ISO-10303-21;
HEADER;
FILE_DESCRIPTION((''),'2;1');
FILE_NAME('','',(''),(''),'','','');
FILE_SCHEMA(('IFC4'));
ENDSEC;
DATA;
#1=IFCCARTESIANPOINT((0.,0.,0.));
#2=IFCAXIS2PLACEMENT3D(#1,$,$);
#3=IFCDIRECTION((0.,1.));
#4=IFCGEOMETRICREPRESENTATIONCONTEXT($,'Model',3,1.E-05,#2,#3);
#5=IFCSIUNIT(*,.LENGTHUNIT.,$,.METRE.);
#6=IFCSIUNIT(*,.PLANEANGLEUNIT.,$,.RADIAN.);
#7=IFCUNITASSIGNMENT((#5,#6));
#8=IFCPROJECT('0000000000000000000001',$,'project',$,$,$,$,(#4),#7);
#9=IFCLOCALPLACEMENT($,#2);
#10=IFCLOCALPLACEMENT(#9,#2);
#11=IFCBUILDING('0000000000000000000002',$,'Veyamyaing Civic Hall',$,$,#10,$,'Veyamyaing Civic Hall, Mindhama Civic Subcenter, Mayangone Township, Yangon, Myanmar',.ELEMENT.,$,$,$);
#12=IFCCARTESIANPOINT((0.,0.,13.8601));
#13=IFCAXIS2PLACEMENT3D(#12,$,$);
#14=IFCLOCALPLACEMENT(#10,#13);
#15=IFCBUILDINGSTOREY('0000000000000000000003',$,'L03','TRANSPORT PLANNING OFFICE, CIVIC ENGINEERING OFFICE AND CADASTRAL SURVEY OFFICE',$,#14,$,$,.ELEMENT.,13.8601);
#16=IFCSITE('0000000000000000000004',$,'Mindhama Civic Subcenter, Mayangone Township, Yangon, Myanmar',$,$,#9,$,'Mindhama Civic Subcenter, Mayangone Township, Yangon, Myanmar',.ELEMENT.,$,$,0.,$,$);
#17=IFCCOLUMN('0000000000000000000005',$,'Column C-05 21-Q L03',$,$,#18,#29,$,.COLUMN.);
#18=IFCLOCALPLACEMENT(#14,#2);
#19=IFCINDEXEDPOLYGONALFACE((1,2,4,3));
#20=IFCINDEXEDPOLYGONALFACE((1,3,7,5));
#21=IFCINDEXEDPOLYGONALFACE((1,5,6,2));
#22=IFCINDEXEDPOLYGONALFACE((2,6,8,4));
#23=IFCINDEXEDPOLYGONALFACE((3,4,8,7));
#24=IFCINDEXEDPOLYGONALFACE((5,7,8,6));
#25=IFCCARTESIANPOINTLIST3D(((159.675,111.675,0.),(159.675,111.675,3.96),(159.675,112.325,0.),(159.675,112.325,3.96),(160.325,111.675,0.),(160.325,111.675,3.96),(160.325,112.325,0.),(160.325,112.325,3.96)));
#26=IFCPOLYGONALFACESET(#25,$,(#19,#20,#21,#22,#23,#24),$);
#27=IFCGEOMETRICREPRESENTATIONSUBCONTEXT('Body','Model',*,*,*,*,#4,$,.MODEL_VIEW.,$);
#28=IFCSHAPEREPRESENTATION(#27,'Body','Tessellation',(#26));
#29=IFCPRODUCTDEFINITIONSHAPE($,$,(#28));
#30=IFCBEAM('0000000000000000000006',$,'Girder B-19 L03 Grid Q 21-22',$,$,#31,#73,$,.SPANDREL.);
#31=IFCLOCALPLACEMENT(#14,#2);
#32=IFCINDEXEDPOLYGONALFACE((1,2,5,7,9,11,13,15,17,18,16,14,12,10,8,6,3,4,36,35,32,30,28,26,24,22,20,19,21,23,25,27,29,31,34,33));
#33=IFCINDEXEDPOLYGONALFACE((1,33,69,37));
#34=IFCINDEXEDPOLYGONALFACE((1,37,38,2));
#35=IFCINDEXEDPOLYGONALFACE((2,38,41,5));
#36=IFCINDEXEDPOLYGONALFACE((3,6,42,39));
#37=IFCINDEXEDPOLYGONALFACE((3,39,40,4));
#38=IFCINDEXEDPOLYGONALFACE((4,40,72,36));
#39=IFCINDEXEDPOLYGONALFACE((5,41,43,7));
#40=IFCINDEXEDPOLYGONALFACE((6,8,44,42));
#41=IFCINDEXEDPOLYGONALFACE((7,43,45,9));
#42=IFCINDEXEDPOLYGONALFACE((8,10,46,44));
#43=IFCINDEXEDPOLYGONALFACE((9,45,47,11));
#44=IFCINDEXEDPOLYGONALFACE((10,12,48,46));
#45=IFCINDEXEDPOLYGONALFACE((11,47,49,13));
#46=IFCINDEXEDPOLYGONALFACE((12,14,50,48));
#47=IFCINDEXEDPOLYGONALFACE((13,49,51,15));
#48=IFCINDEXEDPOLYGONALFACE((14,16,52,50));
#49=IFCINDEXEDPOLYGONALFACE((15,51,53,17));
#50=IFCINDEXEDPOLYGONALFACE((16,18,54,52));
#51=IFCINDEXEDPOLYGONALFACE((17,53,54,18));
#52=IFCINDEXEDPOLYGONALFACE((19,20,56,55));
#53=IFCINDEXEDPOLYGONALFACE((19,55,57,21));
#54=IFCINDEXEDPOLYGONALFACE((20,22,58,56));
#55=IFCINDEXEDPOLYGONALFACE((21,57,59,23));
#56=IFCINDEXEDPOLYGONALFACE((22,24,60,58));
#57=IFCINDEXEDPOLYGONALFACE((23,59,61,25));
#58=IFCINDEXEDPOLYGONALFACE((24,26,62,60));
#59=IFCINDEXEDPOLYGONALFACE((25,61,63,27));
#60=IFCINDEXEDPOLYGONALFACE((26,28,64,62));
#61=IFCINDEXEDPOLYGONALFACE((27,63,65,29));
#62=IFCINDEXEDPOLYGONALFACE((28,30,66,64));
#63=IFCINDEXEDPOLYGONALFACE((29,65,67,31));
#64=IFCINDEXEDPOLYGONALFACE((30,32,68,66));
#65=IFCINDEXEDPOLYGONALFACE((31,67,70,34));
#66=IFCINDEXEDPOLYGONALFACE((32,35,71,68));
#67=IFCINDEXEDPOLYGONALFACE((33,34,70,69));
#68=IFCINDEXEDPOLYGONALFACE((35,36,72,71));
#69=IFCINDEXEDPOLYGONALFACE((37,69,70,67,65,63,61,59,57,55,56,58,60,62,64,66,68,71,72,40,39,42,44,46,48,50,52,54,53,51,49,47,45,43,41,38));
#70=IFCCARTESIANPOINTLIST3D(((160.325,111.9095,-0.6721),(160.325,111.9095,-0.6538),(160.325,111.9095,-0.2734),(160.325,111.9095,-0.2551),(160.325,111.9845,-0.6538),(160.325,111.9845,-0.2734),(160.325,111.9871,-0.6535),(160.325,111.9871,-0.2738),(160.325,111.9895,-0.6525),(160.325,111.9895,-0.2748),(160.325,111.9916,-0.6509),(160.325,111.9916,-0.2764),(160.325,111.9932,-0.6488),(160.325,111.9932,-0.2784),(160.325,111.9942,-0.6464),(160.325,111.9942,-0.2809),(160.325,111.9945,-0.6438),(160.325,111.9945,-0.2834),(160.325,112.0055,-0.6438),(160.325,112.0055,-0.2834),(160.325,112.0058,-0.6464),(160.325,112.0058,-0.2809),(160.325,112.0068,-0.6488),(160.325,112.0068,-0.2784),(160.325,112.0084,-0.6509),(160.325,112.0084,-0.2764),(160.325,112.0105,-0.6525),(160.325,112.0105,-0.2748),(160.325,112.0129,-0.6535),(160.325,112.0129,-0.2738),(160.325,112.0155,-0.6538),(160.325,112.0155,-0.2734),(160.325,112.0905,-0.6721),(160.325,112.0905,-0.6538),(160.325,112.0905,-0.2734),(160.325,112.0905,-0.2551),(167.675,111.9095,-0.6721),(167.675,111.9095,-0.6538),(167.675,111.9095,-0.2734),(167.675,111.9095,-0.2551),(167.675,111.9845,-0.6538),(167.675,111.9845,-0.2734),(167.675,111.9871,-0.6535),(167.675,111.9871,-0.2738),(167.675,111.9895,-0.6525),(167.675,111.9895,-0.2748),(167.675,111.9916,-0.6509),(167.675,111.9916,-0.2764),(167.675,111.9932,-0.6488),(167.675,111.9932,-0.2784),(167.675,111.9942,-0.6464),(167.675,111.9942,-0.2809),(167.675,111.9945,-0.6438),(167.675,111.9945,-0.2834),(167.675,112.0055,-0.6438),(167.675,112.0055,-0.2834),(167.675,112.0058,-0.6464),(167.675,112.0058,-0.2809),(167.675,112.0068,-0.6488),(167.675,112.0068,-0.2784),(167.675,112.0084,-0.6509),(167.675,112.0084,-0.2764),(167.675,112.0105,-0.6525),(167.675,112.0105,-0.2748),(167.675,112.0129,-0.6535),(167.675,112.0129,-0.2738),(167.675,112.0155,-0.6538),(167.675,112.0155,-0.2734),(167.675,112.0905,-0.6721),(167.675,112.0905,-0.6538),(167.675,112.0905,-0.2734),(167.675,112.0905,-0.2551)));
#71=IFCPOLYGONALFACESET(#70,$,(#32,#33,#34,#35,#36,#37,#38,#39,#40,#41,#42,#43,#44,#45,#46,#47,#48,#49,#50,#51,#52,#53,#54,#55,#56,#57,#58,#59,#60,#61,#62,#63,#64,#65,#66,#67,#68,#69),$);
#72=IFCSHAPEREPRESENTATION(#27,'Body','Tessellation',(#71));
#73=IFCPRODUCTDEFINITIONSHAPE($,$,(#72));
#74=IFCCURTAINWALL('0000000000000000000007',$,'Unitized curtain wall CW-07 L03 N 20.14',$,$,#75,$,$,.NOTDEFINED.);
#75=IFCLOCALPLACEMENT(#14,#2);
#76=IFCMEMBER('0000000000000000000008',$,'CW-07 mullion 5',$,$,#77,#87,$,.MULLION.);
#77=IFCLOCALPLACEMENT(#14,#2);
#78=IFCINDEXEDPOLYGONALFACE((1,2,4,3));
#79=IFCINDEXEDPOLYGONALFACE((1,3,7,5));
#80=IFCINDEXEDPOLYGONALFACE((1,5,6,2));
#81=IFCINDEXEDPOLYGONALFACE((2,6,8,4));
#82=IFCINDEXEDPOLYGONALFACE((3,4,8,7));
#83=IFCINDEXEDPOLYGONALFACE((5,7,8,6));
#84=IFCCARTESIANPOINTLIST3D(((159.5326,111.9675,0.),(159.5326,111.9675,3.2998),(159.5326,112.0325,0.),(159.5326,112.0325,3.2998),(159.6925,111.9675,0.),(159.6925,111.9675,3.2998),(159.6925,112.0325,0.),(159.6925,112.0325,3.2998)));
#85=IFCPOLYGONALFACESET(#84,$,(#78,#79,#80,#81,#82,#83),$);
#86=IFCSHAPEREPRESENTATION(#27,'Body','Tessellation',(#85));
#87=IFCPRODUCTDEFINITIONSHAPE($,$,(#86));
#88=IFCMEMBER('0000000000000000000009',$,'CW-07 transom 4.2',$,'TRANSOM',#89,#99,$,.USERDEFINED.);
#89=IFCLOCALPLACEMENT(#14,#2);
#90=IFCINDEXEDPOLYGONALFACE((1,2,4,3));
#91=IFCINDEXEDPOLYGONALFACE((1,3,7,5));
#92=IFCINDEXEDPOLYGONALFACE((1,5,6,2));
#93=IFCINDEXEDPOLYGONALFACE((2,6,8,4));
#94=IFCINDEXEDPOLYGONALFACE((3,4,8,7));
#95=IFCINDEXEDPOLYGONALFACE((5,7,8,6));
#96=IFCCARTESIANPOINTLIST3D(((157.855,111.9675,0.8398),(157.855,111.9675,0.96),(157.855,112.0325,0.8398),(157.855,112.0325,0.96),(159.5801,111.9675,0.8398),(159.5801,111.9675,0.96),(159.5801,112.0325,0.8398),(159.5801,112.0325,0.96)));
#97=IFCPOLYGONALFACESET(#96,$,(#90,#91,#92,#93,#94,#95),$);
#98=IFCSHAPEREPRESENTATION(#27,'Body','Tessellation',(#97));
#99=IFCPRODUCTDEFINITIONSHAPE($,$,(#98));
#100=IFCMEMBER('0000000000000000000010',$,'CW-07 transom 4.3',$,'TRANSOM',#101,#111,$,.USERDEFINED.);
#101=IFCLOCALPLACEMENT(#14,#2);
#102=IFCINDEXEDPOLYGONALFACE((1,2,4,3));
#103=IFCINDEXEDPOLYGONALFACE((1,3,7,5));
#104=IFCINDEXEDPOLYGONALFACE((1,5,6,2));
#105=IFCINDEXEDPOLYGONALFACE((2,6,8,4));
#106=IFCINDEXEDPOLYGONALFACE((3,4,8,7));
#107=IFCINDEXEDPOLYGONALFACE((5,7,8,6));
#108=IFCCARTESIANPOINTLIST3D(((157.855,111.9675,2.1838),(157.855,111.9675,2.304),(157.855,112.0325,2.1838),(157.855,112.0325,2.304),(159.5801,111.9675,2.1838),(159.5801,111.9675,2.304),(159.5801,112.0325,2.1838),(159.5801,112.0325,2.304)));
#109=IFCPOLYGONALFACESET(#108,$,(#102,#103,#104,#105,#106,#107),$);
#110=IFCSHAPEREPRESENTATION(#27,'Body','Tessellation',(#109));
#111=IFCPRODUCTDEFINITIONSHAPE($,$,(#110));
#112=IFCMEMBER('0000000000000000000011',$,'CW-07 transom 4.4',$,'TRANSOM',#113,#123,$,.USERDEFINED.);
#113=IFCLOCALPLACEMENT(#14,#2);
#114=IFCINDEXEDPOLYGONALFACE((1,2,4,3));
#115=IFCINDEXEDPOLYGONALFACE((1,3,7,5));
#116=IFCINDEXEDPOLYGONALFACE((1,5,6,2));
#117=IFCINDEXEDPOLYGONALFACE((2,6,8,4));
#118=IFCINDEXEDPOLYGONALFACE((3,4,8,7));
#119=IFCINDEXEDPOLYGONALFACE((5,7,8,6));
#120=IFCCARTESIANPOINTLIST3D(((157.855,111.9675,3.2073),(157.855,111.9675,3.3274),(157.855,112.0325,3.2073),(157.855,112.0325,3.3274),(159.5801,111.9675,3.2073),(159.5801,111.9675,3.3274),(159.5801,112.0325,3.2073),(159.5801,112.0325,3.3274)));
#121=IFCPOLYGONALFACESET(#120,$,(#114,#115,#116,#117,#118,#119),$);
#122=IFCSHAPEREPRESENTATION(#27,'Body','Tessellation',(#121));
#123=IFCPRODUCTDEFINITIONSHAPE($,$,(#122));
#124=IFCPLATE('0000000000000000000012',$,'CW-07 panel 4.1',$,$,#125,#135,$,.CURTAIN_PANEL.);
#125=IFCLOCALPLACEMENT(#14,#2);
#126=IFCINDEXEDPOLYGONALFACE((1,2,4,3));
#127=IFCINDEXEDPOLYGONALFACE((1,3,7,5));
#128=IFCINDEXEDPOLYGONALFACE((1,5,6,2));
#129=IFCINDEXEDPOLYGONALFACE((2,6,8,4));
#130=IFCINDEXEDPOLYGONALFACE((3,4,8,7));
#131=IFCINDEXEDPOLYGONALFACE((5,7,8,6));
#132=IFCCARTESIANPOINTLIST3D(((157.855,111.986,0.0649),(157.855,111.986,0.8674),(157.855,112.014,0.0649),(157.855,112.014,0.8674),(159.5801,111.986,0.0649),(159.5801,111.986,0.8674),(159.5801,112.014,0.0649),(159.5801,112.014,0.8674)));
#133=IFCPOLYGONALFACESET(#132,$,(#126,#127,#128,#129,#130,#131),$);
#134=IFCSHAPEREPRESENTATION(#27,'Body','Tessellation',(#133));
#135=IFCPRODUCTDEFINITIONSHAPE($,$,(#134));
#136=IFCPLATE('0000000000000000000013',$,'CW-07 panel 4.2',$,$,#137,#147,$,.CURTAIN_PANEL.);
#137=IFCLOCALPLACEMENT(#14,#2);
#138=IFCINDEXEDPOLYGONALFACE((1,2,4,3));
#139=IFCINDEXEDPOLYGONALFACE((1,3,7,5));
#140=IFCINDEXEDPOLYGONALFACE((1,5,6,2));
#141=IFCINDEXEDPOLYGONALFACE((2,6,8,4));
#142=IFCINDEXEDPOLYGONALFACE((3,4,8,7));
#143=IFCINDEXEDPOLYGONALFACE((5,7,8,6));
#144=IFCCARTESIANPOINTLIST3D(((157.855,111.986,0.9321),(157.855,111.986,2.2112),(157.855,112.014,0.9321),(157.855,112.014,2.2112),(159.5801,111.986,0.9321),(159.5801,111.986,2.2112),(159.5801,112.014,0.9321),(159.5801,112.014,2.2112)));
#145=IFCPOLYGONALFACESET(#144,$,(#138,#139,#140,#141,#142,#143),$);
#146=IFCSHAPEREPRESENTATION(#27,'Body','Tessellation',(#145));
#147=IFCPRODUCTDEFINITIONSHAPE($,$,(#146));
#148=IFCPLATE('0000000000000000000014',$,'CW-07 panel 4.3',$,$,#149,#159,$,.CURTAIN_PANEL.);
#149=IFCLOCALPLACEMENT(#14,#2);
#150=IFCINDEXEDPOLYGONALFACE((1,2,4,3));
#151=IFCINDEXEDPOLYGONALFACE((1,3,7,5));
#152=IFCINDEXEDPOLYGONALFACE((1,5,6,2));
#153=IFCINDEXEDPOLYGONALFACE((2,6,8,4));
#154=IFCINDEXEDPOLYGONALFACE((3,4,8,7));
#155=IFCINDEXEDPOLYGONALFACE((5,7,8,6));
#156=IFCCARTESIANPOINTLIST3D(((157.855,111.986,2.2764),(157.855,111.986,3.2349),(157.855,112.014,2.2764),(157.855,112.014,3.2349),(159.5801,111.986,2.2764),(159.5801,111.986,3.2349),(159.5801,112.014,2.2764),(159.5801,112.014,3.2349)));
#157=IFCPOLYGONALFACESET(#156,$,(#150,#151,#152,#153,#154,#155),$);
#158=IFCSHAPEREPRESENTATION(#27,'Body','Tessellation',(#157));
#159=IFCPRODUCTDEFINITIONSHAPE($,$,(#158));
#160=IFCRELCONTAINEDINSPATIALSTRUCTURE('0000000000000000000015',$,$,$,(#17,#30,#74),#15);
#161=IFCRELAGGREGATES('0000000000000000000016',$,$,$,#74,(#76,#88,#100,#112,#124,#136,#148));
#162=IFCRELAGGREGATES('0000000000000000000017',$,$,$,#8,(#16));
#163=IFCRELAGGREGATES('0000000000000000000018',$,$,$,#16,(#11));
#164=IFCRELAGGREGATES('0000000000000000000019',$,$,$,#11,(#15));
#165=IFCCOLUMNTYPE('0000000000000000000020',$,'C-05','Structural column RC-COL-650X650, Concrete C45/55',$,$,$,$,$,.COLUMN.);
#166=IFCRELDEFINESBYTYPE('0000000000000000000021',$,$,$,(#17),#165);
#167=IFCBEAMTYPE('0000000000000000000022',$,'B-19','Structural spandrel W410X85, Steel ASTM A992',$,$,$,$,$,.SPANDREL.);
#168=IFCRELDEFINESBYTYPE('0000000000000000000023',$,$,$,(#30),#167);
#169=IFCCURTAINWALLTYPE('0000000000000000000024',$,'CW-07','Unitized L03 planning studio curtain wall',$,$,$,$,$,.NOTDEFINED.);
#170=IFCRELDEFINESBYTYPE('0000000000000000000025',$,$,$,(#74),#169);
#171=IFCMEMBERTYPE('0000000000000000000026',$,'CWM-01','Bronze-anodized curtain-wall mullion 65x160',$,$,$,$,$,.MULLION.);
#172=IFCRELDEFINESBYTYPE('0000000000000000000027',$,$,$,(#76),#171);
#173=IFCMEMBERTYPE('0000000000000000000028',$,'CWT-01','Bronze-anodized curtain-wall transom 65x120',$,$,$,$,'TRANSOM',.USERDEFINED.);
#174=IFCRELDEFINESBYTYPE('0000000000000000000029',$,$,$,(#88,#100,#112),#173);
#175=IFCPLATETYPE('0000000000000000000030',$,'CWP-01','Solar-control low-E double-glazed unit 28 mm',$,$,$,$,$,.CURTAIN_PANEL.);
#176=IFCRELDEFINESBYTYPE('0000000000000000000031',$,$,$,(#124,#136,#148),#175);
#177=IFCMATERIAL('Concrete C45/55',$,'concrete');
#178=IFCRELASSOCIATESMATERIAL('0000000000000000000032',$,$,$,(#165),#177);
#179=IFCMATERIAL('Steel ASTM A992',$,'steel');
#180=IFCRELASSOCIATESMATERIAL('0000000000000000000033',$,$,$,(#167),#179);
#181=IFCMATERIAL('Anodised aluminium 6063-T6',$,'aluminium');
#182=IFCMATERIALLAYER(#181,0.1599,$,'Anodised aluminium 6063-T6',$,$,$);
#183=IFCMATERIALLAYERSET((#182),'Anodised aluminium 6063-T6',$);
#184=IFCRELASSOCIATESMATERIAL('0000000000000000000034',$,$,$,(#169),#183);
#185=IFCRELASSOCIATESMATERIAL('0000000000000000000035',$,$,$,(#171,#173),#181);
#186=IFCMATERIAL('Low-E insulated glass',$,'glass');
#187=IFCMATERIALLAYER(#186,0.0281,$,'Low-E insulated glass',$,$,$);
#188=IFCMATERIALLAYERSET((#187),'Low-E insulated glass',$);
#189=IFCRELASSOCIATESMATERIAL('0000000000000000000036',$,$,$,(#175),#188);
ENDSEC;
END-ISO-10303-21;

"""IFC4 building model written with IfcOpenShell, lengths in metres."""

from ifc_helpers import new_model, si_unit, direction, frame, origin, origin_2d, place, context, subcontext, project, spatial, rectangle, i_section, extrude, material, layer, layer_set, material_profile, profile_set, type_object, element, aggregate, save


model = new_model("IFC4")

# Units and contexts
model_context = context("Model", 3, precision=1e-05, world=origin(), true_north=direction((0.0, 1.0)))
body_context = subcontext(model_context, "Body", "Model", "MODEL_VIEW")
ifc_project = project(units=[si_unit("LENGTHUNIT", "METRE"), si_unit("PLANEANGLEUNIT", "RADIAN")], contexts=[model_context])

# Site, building, storey
site_placement = place(None, origin())
site = spatial("IfcSite", under=ifc_project, at=site_placement, Name="Mindhama Civic Subcenter, Mayangone Township, Yangon, Myanmar", LongName="Mindhama Civic Subcenter, Mayangone Township, Yangon, Myanmar", CompositionType="ELEMENT", RefElevation=0.0)
building_placement = place(site_placement, origin())
building = spatial("IfcBuilding", under=site, at=building_placement, Name="Veyamyaing Civic Hall", LongName="Veyamyaing Civic Hall, Mindhama Civic Subcenter, Mayangone Township, Yangon, Myanmar", CompositionType="ELEMENT")
storey_placement = place(building_placement, frame((0.0, 0.0, 13.8601)))
storey = spatial("IfcBuildingStorey", under=building, at=storey_placement, Name="L03", Description="TRANSPORT PLANNING OFFICE, CIVIC ENGINEERING OFFICE AND CADASTRAL SURVEY OFFICE", CompositionType="ELEMENT", Elevation=13.8601)

# Column
ifc_material_1 = material(Name="Concrete C45/55", Category="concrete")
ifc_material_profile_1 = material_profile(ifc_material_1, rectangle(XDim=0.6499, YDim=0.6499, at=origin_2d()), Name="RC-COL-650X650")
ifc_profile_set_1 = profile_set([ifc_material_profile_1], Name="Concrete C45/55")
column_type = type_object("IfcColumnType", Name="C-05", Description="Structural column RC-COL-650X650, Concrete C45/55", PredefinedType="COLUMN", material=ifc_profile_set_1)
column_placement = place(storey_placement, frame((160.0, 112.0, 0.0), z_axis=(0.0, 0.0, 1.0), x_axis=(1.0, 0.0, 0.0)))
element("IfcColumn", 1, at=column_placement, inside=storey, type_object=column_type, Name="Column C-05 21-Q L03", PredefinedType="COLUMN", context=body_context, shape_type="SweptSolid", body=[
    extrude(rectangle(XDim=0.6499, YDim=0.6499, at=origin_2d()), origin(), (0.0, 0.0, 1.0), 3.96),
])

# Beam
ifc_material_2 = material(Name="Steel ASTM A992", Category="steel")
ifc_material_profile_2 = material_profile(ifc_material_2, i_section(OverallWidth=0.1809, OverallDepth=0.417, WebThickness=0.011, FlangeThickness=0.0183, FilletRadius=0.01, at=origin_2d()), Name="W410X85")
ifc_profile_set_2 = profile_set([ifc_material_profile_2], Name="Steel ASTM A992")
beam_type = type_object("IfcBeamType", Name="B-19", Description="Structural spandrel W410X85, Steel ASTM A992", PredefinedType="SPANDREL", material=ifc_profile_set_2)
beam_placement = place(storey_placement, frame((160.325, 112.0, -0.4636), z_axis=(1.0, 0.0, 0.0), x_axis=(0.0, 1.0, 0.0)))
element("IfcBeam", 2, at=beam_placement, inside=storey, type_object=beam_type, Name="Girder B-19 L03 Grid Q 21-22", PredefinedType="SPANDREL", context=body_context, shape_type="SweptSolid", body=[
    extrude(i_section(OverallWidth=0.1809, OverallDepth=0.417, WebThickness=0.011, FlangeThickness=0.0183, FilletRadius=0.01, at=origin_2d()), origin(), (0.0, 0.0, 1.0), 7.3501),
])

# Curtain wall, members, plates
ifc_material_3 = material(Name="Anodised aluminium 6063-T6", Category="aluminium")
ifc_layer_1 = layer(ifc_material_3, 0.1599, Name="Anodised aluminium 6063-T6")
ifc_layer_set_1 = layer_set([ifc_layer_1], Name="Anodised aluminium 6063-T6")
curtain_wall_type = type_object("IfcCurtainWallType", Name="CW-07", Description="Unitized L03 planning studio curtain wall", PredefinedType="NOTDEFINED", material=ifc_layer_set_1)
curtain_wall_placement = place(storey_placement, origin())
curtain_wall = element("IfcCurtainWall", 3, at=curtain_wall_placement, inside=storey, type_object=curtain_wall_type, Name="Unitized curtain wall CW-07 L03 N 20.14", PredefinedType="NOTDEFINED")
ifc_material_profile_3 = material_profile(ifc_material_3, rectangle(XDim=0.0649, YDim=0.1599, at=origin_2d()), Name="ALU-MUL-65X160")
ifc_profile_set_3 = profile_set([ifc_material_profile_3], Name="Anodised aluminium 6063-T6")
member_type_1 = type_object("IfcMemberType", Name="CWM-01", Description="Bronze-anodized curtain-wall mullion 65x160", PredefinedType="MULLION", material=ifc_profile_set_3)
member_1_placement = place(storey_placement, frame((159.6125, 112.0, 0.0), z_axis=(0.0, 0.0, 1.0), x_axis=(0.0, 1.0, 0.0)))
member_1 = element("IfcMember", 4, at=member_1_placement, type_object=member_type_1, Name="CW-07 mullion 5", PredefinedType="MULLION", context=body_context, shape_type="SweptSolid", body=[
    extrude(rectangle(XDim=0.0649, YDim=0.1599, at=origin_2d()), origin(), (0.0, 0.0, 1.0), 3.2998),
])
ifc_material_profile_4 = material_profile(ifc_material_3, rectangle(XDim=0.0649, YDim=0.1201, at=origin_2d()), Name="ALU-TRN-65X120")
ifc_profile_set_4 = profile_set([ifc_material_profile_4], Name="Anodised aluminium 6063-T6")
member_type_2 = type_object("IfcMemberType", Name="CWT-01", Description="Bronze-anodized curtain-wall transom 65x120", ElementType="TRANSOM", PredefinedType="USERDEFINED", material=ifc_profile_set_4)
member_2_placement = place(storey_placement, frame((157.855, 112.0, 0.8999), z_axis=(1.0, 0.0, 0.0), x_axis=(0.0, 1.0, 0.0)))
member_2 = element("IfcMember", 5, at=member_2_placement, type_object=member_type_2, Name="CW-07 transom 4.2", ObjectType="TRANSOM", PredefinedType="USERDEFINED", context=body_context, shape_type="SweptSolid", body=[
    extrude(rectangle(XDim=0.0649, YDim=0.1201, at=origin_2d()), origin(), (0.0, 0.0, 1.0), 1.7251),
])
member_3_placement = place(storey_placement, frame((157.855, 112.0, 2.2439), z_axis=(1.0, 0.0, 0.0), x_axis=(0.0, 1.0, 0.0)))
member_3 = element("IfcMember", 6, at=member_3_placement, type_object=member_type_2, Name="CW-07 transom 4.3", ObjectType="TRANSOM", PredefinedType="USERDEFINED", context=body_context, shape_type="SweptSolid", body=[
    extrude(rectangle(XDim=0.0649, YDim=0.1201, at=origin_2d()), origin(), (0.0, 0.0, 1.0), 1.7251),
])
member_4_placement = place(storey_placement, frame((157.855, 112.0, 3.2673), z_axis=(1.0, 0.0, 0.0), x_axis=(0.0, 1.0, 0.0)))
member_4 = element("IfcMember", 7, at=member_4_placement, type_object=member_type_2, Name="CW-07 transom 4.4", ObjectType="TRANSOM", PredefinedType="USERDEFINED", context=body_context, shape_type="SweptSolid", body=[
    extrude(rectangle(XDim=0.0649, YDim=0.1201, at=origin_2d()), origin(), (0.0, 0.0, 1.0), 1.7251),
])
ifc_material_4 = material(Name="Low-E insulated glass", Category="glass")
ifc_layer_2 = layer(ifc_material_4, 0.0281, Name="Low-E insulated glass")
ifc_layer_set_2 = layer_set([ifc_layer_2], Name="Low-E insulated glass")
plate_type = type_object("IfcPlateType", Name="CWP-01", Description="Solar-control low-E double-glazed unit 28 mm", PredefinedType="CURTAIN_PANEL", material=ifc_layer_set_2)
plate_1_placement = place(storey_placement, frame((158.7175, 112.0, 0.0649), z_axis=(0.0, 0.0, 1.0), x_axis=(1.0, 0.0, 0.0)))
plate_1 = element("IfcPlate", 8, at=plate_1_placement, type_object=plate_type, Name="CW-07 panel 4.1", PredefinedType="CURTAIN_PANEL", context=body_context, shape_type="SweptSolid", body=[
    extrude(rectangle(XDim=1.7251, YDim=0.0281, at=origin_2d()), origin(), (0.0, 0.0, 1.0), 0.8025),
])
plate_2_placement = place(storey_placement, frame((158.7175, 112.0, 0.9321), z_axis=(0.0, 0.0, 1.0), x_axis=(1.0, 0.0, 0.0)))
plate_2 = element("IfcPlate", 9, at=plate_2_placement, type_object=plate_type, Name="CW-07 panel 4.2", PredefinedType="CURTAIN_PANEL", context=body_context, shape_type="SweptSolid", body=[
    extrude(rectangle(XDim=1.7251, YDim=0.0281, at=origin_2d()), origin(), (0.0, 0.0, 1.0), 1.2791),
])
plate_3_placement = place(storey_placement, frame((158.7175, 112.0, 2.2764), z_axis=(0.0, 0.0, 1.0), x_axis=(1.0, 0.0, 0.0)))
plate_3 = element("IfcPlate", 10, at=plate_3_placement, type_object=plate_type, Name="CW-07 panel 4.3", PredefinedType="CURTAIN_PANEL", context=body_context, shape_type="SweptSolid", body=[
    extrude(rectangle(XDim=1.7251, YDim=0.0281, at=origin_2d()), origin(), (0.0, 0.0, 1.0), 0.9585),
])
aggregate(curtain_wall, [member_1, member_2, member_3, member_4, plate_1, plate_2, plate_3])

save(model, "model.ifc")
